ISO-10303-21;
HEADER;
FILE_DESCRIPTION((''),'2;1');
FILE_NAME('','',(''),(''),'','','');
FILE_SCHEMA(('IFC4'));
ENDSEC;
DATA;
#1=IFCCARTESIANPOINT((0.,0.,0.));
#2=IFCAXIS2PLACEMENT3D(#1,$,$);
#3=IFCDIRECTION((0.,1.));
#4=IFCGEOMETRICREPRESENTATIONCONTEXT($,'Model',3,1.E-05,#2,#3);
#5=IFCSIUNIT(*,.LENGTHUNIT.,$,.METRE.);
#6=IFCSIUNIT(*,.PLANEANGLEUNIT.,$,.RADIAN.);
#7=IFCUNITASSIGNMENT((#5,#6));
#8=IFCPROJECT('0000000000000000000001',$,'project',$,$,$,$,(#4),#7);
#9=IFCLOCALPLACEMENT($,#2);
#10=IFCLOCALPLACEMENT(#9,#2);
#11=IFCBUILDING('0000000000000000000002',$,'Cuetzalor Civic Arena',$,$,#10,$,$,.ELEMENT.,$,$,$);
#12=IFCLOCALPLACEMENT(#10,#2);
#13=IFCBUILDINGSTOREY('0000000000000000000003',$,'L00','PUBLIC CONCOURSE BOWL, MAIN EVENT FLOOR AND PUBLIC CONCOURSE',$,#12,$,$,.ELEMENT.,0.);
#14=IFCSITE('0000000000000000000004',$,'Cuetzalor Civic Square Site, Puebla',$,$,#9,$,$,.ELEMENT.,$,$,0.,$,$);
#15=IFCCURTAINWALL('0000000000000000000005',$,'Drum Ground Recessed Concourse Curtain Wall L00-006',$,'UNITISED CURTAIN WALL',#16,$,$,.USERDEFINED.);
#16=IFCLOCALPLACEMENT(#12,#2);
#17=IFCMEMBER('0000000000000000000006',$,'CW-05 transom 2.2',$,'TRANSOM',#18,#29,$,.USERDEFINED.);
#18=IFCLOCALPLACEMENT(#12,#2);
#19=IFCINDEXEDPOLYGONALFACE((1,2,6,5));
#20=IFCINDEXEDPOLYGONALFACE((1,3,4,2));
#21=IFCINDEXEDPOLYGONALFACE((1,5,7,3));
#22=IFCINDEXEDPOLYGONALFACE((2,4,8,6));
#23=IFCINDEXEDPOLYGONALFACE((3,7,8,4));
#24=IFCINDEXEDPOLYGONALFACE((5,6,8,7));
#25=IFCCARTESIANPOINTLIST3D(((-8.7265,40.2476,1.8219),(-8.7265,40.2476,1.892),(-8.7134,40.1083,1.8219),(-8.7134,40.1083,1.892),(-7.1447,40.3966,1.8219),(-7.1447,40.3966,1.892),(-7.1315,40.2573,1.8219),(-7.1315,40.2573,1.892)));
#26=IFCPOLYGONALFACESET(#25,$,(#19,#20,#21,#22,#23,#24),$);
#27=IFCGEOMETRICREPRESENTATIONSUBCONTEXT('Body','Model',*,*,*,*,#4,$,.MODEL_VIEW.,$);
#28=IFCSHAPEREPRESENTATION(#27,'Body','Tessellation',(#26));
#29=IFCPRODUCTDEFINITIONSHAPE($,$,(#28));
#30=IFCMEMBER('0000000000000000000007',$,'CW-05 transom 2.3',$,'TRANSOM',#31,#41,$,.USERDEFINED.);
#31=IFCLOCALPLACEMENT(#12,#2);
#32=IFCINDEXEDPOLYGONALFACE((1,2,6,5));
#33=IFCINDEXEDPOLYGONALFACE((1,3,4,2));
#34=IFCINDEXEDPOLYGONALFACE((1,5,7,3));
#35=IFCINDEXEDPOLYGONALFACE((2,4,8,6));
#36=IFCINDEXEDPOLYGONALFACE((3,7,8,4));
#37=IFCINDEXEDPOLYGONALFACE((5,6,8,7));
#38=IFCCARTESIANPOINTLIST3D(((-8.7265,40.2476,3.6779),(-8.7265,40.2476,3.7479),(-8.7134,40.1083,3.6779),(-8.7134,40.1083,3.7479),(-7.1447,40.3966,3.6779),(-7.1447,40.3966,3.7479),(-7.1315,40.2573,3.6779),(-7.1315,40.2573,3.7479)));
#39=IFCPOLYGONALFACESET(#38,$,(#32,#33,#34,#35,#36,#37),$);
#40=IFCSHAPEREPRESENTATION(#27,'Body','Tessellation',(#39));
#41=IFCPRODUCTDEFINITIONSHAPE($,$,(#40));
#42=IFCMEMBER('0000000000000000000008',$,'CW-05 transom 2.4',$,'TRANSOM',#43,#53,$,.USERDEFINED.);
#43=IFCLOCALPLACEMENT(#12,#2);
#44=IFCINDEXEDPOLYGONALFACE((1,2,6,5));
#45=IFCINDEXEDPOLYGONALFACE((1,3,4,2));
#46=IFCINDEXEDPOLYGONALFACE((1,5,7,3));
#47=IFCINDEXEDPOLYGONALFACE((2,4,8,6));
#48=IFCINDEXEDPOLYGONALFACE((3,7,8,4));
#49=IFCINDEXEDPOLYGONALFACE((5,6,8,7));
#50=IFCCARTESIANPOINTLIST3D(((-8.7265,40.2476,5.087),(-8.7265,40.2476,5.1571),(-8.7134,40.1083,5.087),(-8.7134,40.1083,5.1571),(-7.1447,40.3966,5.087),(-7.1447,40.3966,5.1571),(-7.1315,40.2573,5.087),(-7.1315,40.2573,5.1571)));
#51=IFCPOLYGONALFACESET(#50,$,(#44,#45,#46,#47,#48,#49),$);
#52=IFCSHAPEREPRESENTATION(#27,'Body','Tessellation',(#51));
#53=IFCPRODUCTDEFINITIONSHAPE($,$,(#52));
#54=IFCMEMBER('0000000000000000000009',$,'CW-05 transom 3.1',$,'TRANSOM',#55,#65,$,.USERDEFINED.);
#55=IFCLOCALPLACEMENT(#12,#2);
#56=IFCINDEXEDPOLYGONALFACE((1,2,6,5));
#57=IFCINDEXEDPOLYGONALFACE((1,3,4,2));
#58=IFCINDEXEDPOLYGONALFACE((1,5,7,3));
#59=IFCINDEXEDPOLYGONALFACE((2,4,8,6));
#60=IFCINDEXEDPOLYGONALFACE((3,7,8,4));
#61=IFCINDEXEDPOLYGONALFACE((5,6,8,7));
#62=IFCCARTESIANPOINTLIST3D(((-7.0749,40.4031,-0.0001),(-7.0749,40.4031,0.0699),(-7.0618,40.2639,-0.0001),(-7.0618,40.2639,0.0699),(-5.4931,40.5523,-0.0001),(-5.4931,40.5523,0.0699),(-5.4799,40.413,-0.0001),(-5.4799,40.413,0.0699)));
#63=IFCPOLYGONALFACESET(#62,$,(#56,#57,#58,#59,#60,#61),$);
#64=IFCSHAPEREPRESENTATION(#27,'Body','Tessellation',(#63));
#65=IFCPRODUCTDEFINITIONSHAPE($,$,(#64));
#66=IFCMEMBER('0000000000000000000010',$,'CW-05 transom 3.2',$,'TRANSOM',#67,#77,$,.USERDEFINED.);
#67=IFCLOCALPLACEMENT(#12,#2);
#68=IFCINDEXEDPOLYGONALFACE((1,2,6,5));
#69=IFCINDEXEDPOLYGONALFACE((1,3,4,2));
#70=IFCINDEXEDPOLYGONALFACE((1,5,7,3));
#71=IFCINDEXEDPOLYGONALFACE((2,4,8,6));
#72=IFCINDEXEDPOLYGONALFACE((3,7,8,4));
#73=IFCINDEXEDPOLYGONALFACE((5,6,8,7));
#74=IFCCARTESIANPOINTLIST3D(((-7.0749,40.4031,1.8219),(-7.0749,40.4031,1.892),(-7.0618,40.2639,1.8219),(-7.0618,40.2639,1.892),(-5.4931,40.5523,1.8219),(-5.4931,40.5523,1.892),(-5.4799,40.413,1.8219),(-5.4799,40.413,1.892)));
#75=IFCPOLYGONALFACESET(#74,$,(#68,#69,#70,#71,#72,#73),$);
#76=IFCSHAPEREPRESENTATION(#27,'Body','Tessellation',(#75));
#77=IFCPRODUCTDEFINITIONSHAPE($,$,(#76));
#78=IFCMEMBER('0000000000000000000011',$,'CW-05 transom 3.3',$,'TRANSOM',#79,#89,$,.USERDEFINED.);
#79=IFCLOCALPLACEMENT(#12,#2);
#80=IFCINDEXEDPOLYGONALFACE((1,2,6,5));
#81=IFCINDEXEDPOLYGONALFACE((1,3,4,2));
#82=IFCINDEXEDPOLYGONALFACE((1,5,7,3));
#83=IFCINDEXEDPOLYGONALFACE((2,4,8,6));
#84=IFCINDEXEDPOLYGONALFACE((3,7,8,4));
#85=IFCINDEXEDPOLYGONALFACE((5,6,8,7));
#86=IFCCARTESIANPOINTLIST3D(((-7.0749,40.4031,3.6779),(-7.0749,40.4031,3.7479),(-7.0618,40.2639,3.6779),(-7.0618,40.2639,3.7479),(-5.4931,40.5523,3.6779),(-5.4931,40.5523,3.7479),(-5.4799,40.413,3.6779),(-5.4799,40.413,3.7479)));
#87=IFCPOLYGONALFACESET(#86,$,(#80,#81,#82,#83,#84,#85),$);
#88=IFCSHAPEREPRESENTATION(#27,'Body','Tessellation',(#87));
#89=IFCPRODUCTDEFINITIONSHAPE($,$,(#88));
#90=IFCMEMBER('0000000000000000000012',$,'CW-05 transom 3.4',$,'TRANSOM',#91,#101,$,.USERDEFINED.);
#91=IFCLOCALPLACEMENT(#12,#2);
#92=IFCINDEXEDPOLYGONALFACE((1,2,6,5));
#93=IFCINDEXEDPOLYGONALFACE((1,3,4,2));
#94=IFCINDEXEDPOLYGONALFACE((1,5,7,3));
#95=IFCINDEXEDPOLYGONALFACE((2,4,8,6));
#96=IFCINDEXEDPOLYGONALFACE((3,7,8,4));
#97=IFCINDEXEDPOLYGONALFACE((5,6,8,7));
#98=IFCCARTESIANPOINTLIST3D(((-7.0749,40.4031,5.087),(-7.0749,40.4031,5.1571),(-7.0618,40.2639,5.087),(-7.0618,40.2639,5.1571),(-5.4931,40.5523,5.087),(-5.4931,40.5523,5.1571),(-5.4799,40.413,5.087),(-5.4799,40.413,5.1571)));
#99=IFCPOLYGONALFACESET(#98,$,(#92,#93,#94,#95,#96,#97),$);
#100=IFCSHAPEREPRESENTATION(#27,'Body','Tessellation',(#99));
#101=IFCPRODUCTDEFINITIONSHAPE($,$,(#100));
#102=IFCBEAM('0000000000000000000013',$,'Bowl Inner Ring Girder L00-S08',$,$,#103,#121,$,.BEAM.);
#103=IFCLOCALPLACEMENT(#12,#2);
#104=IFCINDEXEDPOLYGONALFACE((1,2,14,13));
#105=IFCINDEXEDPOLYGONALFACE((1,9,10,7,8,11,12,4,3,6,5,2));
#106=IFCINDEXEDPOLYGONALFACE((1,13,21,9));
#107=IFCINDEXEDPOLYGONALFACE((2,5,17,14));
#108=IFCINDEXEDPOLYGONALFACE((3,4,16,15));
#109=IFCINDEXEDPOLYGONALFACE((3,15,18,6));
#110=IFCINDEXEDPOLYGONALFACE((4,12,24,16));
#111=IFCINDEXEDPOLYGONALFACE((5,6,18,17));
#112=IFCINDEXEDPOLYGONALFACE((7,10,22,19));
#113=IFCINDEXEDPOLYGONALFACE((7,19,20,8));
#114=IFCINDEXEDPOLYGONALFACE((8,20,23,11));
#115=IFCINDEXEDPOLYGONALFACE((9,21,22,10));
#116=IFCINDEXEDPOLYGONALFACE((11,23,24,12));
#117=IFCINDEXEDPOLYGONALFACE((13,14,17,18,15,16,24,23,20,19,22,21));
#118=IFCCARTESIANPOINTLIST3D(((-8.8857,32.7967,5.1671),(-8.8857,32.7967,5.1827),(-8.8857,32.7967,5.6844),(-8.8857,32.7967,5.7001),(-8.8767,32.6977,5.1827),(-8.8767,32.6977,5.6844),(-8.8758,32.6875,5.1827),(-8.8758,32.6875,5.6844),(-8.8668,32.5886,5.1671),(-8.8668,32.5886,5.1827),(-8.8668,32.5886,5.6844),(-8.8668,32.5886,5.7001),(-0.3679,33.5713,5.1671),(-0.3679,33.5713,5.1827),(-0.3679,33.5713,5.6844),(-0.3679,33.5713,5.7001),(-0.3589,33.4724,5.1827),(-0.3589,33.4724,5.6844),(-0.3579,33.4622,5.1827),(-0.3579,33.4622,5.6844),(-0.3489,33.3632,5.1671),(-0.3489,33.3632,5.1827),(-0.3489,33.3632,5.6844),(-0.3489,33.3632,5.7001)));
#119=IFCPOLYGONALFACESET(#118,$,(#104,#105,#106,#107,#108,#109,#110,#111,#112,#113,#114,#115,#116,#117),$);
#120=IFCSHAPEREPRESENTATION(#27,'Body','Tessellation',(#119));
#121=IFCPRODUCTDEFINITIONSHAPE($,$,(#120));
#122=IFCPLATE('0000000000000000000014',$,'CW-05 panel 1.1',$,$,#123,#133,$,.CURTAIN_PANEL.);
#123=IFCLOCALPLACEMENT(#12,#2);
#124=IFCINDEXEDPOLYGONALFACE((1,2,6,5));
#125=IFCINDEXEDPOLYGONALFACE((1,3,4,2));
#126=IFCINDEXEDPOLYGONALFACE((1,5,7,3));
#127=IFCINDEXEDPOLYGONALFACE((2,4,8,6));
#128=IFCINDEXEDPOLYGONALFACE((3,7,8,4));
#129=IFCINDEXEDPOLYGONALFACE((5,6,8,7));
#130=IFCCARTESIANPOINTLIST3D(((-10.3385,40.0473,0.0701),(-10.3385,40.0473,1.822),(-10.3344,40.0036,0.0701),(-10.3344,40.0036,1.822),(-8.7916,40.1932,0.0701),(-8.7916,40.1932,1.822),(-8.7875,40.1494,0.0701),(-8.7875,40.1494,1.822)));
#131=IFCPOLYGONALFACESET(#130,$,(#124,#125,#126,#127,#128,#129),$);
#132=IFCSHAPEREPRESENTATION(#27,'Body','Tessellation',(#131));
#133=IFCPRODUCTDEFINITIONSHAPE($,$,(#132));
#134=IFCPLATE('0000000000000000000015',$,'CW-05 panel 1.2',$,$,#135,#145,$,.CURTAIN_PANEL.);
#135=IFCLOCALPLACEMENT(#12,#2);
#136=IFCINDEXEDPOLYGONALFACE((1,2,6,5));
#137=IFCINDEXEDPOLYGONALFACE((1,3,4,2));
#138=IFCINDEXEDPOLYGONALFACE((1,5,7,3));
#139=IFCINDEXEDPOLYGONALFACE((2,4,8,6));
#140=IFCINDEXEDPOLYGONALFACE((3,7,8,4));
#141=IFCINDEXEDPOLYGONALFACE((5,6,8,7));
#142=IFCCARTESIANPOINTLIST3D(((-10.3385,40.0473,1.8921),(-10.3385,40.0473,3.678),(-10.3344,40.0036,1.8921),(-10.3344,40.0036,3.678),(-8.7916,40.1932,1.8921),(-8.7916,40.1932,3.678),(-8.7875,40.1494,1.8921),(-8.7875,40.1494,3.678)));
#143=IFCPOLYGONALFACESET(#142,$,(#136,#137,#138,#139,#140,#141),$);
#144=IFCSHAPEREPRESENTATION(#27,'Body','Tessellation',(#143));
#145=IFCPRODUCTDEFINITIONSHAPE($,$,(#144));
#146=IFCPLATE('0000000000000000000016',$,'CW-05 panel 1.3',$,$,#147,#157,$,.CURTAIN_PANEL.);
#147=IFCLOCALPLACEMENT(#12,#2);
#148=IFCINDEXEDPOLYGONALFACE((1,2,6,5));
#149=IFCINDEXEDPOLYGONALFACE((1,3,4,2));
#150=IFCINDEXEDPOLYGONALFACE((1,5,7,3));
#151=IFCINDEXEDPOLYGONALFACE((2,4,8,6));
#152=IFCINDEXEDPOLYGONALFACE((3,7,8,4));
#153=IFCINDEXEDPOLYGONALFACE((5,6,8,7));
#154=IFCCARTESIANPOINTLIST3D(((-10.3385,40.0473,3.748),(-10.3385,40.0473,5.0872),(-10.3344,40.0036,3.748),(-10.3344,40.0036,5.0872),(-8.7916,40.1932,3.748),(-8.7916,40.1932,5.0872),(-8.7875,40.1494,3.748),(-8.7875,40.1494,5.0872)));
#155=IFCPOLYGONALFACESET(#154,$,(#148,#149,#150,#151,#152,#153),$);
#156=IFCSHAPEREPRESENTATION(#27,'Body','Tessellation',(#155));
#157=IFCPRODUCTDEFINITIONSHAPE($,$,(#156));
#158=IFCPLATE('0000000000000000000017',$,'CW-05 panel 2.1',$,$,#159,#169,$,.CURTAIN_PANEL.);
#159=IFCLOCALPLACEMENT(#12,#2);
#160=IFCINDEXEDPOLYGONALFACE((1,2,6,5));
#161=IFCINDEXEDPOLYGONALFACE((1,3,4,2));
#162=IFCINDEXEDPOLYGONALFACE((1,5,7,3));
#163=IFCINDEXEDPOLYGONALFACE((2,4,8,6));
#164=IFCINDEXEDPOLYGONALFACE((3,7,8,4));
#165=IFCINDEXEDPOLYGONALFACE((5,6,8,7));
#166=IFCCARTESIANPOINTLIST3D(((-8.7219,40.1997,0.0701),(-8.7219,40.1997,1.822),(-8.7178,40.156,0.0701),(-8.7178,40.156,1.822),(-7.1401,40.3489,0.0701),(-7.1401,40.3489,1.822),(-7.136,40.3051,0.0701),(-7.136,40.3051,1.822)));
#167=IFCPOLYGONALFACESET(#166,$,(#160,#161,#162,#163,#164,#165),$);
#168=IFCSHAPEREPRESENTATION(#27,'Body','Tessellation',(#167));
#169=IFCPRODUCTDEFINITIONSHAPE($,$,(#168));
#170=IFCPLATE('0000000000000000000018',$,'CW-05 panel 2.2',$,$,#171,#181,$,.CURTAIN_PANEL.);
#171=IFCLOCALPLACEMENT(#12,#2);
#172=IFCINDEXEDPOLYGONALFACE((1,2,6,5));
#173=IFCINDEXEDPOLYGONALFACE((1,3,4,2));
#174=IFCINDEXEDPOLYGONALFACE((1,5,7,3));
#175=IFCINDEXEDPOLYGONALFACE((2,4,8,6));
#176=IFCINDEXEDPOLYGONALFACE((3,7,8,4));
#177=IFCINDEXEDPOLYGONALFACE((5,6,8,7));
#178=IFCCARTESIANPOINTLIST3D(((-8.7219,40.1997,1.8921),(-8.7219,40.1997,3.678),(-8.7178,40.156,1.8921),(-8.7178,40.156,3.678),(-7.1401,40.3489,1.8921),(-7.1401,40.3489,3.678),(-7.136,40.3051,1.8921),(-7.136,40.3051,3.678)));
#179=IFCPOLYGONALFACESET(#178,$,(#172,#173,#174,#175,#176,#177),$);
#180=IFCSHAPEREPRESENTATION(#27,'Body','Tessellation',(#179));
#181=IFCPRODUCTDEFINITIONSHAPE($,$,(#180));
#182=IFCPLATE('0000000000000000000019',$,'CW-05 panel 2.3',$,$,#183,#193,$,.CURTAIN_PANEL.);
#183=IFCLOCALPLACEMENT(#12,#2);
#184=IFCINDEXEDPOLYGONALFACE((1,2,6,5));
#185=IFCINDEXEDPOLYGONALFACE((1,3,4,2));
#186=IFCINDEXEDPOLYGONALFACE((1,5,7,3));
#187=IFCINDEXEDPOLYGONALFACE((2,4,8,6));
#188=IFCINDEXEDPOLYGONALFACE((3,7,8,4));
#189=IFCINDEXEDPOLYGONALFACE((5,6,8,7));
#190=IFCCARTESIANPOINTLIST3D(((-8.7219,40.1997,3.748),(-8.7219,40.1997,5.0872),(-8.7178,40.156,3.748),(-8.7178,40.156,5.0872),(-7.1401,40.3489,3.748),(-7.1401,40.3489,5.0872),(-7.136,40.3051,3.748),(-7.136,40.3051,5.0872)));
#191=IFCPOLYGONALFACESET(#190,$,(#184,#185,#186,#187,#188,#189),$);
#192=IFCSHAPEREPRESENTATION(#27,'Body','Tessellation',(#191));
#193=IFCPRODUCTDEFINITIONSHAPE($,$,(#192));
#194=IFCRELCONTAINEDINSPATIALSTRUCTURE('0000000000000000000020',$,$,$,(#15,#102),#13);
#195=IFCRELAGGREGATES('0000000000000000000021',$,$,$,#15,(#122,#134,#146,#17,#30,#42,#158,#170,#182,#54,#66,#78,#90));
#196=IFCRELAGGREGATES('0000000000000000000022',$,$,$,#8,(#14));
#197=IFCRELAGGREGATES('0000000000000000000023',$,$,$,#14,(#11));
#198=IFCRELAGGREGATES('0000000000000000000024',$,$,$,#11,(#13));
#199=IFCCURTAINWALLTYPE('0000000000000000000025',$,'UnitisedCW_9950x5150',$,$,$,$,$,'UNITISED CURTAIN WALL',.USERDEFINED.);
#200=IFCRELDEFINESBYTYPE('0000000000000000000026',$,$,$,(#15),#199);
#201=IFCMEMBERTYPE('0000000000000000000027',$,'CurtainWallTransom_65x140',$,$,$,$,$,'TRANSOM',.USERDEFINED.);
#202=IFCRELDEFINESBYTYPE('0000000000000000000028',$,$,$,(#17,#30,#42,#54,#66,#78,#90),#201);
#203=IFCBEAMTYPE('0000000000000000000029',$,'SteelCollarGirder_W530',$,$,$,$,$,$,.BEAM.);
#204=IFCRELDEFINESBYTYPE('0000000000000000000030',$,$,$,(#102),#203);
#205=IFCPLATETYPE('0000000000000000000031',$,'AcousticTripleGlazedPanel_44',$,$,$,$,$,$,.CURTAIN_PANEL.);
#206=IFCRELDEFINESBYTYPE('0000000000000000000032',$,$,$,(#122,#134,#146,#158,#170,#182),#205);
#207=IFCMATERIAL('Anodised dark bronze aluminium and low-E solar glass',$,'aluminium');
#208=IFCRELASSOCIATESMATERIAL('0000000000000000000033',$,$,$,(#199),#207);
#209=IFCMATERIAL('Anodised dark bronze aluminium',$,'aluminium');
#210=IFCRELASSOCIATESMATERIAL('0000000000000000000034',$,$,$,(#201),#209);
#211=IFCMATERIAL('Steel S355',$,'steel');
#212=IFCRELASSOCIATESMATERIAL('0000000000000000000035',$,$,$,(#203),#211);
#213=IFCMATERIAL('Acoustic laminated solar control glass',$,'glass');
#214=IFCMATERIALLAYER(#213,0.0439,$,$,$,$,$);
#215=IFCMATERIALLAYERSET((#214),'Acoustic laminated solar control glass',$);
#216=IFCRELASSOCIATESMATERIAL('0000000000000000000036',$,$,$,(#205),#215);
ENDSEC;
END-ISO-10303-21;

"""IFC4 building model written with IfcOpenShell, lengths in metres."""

from ifc_helpers import new_model, si_unit, direction, frame, origin, origin_2d, place, context, subcontext, project, spatial, rectangle, i_section, extrude, material, layer, layer_set, material_profile, profile_set, type_object, element, aggregate, save


model = new_model("IFC4")

# Units and contexts
model_context = context("Model", 3, precision=1e-05, world=origin(), true_north=direction((0.0, 1.0)))
body_context = subcontext(model_context, "Body", "Model", "MODEL_VIEW")
ifc_project = project(units=[si_unit("LENGTHUNIT", "METRE"), si_unit("PLANEANGLEUNIT", "RADIAN")], contexts=[model_context])

# Site, building, storey
site_placement = place(None, origin())
site = spatial("IfcSite", under=ifc_project, at=site_placement, Name="Cuetzalor Civic Square Site, Puebla", CompositionType="ELEMENT", RefElevation=0.0)
building_placement = place(site_placement, origin())
building = spatial("IfcBuilding", under=site, at=building_placement, Name="Cuetzalor Civic Arena", CompositionType="ELEMENT")
storey_placement = place(building_placement, origin())
storey = spatial("IfcBuildingStorey", under=building, at=storey_placement, Name="L00", Description="PUBLIC CONCOURSE BOWL, MAIN EVENT FLOOR AND PUBLIC CONCOURSE", CompositionType="ELEMENT", Elevation=0.0)

# Curtain wall, members
ifc_material_1 = material(Name="Anodised dark bronze aluminium and low-E solar glass", Category="aluminium")
curtain_wall_type = type_object("IfcCurtainWallType", Name="UnitisedCW_9950x5150", ElementType="UNITISED CURTAIN WALL", PredefinedType="USERDEFINED", material=ifc_material_1)
curtain_wall_placement = place(storey_placement, origin())
curtain_wall = element("IfcCurtainWall", 1, at=curtain_wall_placement, inside=storey, type_object=curtain_wall_type, Name="Drum Ground Recessed Concourse Curtain Wall L00-006", ObjectType="UNITISED CURTAIN WALL", PredefinedType="USERDEFINED")
ifc_material_2 = material(Name="Anodised dark bronze aluminium", Category="aluminium")
ifc_material_profile_1 = material_profile(ifc_material_2, rectangle(XDim=0.1399, YDim=0.0701, at=origin_2d()), Name="ALU TRANSOM 70x140")
ifc_profile_set_1 = profile_set([ifc_material_profile_1], Name="Anodised dark bronze aluminium")
member_type_1 = type_object("IfcMemberType", Name="CurtainWallTransom_65x140", ElementType="TRANSOM", PredefinedType="USERDEFINED", material=ifc_profile_set_1)
member_1_placement = place(storey_placement, frame((-8.72, 40.178, 1.8569), z_axis=(0.995597, 0.093736, 0.0), x_axis=(-0.093736, 0.995597, 0.0)))
member_1 = element("IfcMember", 2, at=member_1_placement, type_object=member_type_1, Name="CW-05 transom 2.2", ObjectType="TRANSOM", PredefinedType="USERDEFINED", context=body_context, shape_type="SweptSolid", body=[
    extrude(rectangle(XDim=0.1399, YDim=0.0701, at=origin_2d()), origin(), (0.0, 0.0, 1.0), 1.5889),
])
member_2_placement = place(storey_placement, frame((-8.72, 40.178, 3.7129), z_axis=(0.995597, 0.093736, 0.0), x_axis=(-0.093736, 0.995597, 0.0)))
member_2 = element("IfcMember", 3, at=member_2_placement, type_object=member_type_1, Name="CW-05 transom 2.3", ObjectType="TRANSOM", PredefinedType="USERDEFINED", context=body_context, shape_type="SweptSolid", body=[
    extrude(rectangle(XDim=0.1399, YDim=0.0701, at=origin_2d()), origin(), (0.0, 0.0, 1.0), 1.5889),
])
member_3_placement = place(storey_placement, frame((-8.72, 40.178, 5.1221), z_axis=(0.995597, 0.093736, 0.0), x_axis=(-0.093736, 0.995597, 0.0)))
member_3 = element("IfcMember", 4, at=member_3_placement, type_object=member_type_1, Name="CW-05 transom 2.4", ObjectType="TRANSOM", PredefinedType="USERDEFINED", context=body_context, shape_type="SweptSolid", body=[
    extrude(rectangle(XDim=0.1399, YDim=0.0701, at=origin_2d()), origin(), (0.0, 0.0, 1.0), 1.5889),
])
member_4_placement = place(storey_placement, frame((-7.0684, 40.3335, 0.0349), z_axis=(0.995583, 0.093888, 0.0), x_axis=(-0.093888, 0.995583, 0.0)))
member_4 = element("IfcMember", 5, at=member_4_placement, type_object=member_type_1, Name="CW-05 transom 3.1", ObjectType="TRANSOM", PredefinedType="USERDEFINED", context=body_context, shape_type="SweptSolid", body=[
    extrude(rectangle(XDim=0.1399, YDim=0.0701, at=origin_2d()), origin(), (0.0, 0.0, 1.0), 1.5889),
])
member_5_placement = place(storey_placement, frame((-7.0684, 40.3335, 1.8569), z_axis=(0.995583, 0.093888, 0.0), x_axis=(-0.093888, 0.995583, 0.0)))
member_5 = element("IfcMember", 6, at=member_5_placement, type_object=member_type_1, Name="CW-05 transom 3.2", ObjectType="TRANSOM", PredefinedType="USERDEFINED", context=body_context, shape_type="SweptSolid", body=[
    extrude(rectangle(XDim=0.1399, YDim=0.0701, at=origin_2d()), origin(), (0.0, 0.0, 1.0), 1.5889),
])
member_6_placement = place(storey_placement, frame((-7.0684, 40.3335, 3.7129), z_axis=(0.995583, 0.093888, 0.0), x_axis=(-0.093888, 0.995583, 0.0)))
member_6 = element("IfcMember", 7, at=member_6_placement, type_object=member_type_1, Name="CW-05 transom 3.3", ObjectType="TRANSOM", PredefinedType="USERDEFINED", context=body_context, shape_type="SweptSolid", body=[
    extrude(rectangle(XDim=0.1399, YDim=0.0701, at=origin_2d()), origin(), (0.0, 0.0, 1.0), 1.5889),
])
member_7_placement = place(storey_placement, frame((-7.0684, 40.3335, 5.1221), z_axis=(0.995583, 0.093888, 0.0), x_axis=(-0.093888, 0.995583, 0.0)))
member_7 = element("IfcMember", 8, at=member_7_placement, type_object=member_type_1, Name="CW-05 transom 3.4", ObjectType="TRANSOM", PredefinedType="USERDEFINED", context=body_context, shape_type="SweptSolid", body=[
    extrude(rectangle(XDim=0.1399, YDim=0.0701, at=origin_2d()), origin(), (0.0, 0.0, 1.0), 1.5889),
])

# Beam
ifc_material_3 = material(Name="Steel S355", Category="steel")
ifc_material_profile_2 = material_profile(ifc_material_3, i_section(OverallWidth=0.209, OverallDepth=0.533, WebThickness=0.0103, FlangeThickness=0.0156, at=origin_2d()), Name="W530x92")
ifc_profile_set_2 = profile_set([ifc_material_profile_2], Name="Steel S355")
beam_type = type_object("IfcBeamType", Name="SteelCollarGirder_W530", PredefinedType="BEAM", material=ifc_profile_set_2)
beam_placement = place(storey_placement, frame((-0.3584, 33.4673, 5.4336), z_axis=(-0.99589, -0.090572, 0.0), x_axis=(0.090572, -0.99589, 0.0)))
element("IfcBeam", 9, at=beam_placement, inside=storey, type_object=beam_type, Name="Bowl Inner Ring Girder L00-S08", PredefinedType="BEAM", context=body_context, shape_type="SweptSolid", body=[
    extrude(i_section(OverallWidth=0.209, OverallDepth=0.533, WebThickness=0.0103, FlangeThickness=0.0156, at=origin_2d()), origin(), (0.0, 0.0, 1.0), 8.553),
])

# Plates
ifc_material_4 = material(Name="Acoustic laminated solar control glass", Category="glass")
ifc_layer_1 = layer(ifc_material_4, 0.0439)
ifc_layer_set_1 = layer_set([ifc_layer_1], Name="Acoustic laminated solar control glass")
plate_type = type_object("IfcPlateType", Name="AcousticTripleGlazedPanel_44", PredefinedType="CURTAIN_PANEL", material=ifc_layer_set_1)
plate_1_placement = place(storey_placement, frame((-9.563, 40.0984, 0.0701), z_axis=(0.0, 0.0, 1.0), x_axis=(0.995585, 0.093863, 0.0)))
plate_1 = element("IfcPlate", 10, at=plate_1_placement, type_object=plate_type, Name="CW-05 panel 1.1", PredefinedType="CURTAIN_PANEL", context=body_context, shape_type="SweptSolid", body=[
    extrude(rectangle(XDim=1.5537, YDim=0.0439, at=origin_2d()), origin(), (0.0, 0.0, 1.0), 1.752),
])
plate_2_placement = place(storey_placement, frame((-9.563, 40.0984, 1.8921), z_axis=(0.0, 0.0, 1.0), x_axis=(0.995585, 0.093863, 0.0)))
plate_2 = element("IfcPlate", 11, at=plate_2_placement, type_object=plate_type, Name="CW-05 panel 1.2", PredefinedType="CURTAIN_PANEL", context=body_context, shape_type="SweptSolid", body=[
    extrude(rectangle(XDim=1.5537, YDim=0.0439, at=origin_2d()), origin(), (0.0, 0.0, 1.0), 1.7859),
])
plate_3_placement = place(storey_placement, frame((-9.563, 40.0984, 3.748), z_axis=(0.0, 0.0, 1.0), x_axis=(0.995585, 0.093863, 0.0)))
plate_3 = element("IfcPlate", 12, at=plate_3_placement, type_object=plate_type, Name="CW-05 panel 1.3", PredefinedType="CURTAIN_PANEL", context=body_context, shape_type="SweptSolid", body=[
    extrude(rectangle(XDim=1.5537, YDim=0.0439, at=origin_2d()), origin(), (0.0, 0.0, 1.0), 1.3391),
])
plate_4_placement = place(storey_placement, frame((-7.929, 40.2524, 0.0701), z_axis=(0.0, 0.0, 1.0), x_axis=(0.995585, 0.093863, 0.0)))
plate_4 = element("IfcPlate", 13, at=plate_4_placement, type_object=plate_type, Name="CW-05 panel 2.1", PredefinedType="CURTAIN_PANEL", context=body_context, shape_type="SweptSolid", body=[
    extrude(rectangle(XDim=1.5889, YDim=0.0439, at=origin_2d()), origin(), (0.0, 0.0, 1.0), 1.752),
])
plate_5_placement = place(storey_placement, frame((-7.929, 40.2524, 1.8921), z_axis=(0.0, 0.0, 1.0), x_axis=(0.995585, 0.093863, 0.0)))
plate_5 = element("IfcPlate", 14, at=plate_5_placement, type_object=plate_type, Name="CW-05 panel 2.2", PredefinedType="CURTAIN_PANEL", context=body_context, shape_type="SweptSolid", body=[
    extrude(rectangle(XDim=1.5889, YDim=0.0439, at=origin_2d()), origin(), (0.0, 0.0, 1.0), 1.7859),
])
plate_6_placement = place(storey_placement, frame((-7.929, 40.2524, 3.748), z_axis=(0.0, 0.0, 1.0), x_axis=(0.995585, 0.093863, 0.0)))
plate_6 = element("IfcPlate", 15, at=plate_6_placement, type_object=plate_type, Name="CW-05 panel 2.3", PredefinedType="CURTAIN_PANEL", context=body_context, shape_type="SweptSolid", body=[
    extrude(rectangle(XDim=1.5889, YDim=0.0439, at=origin_2d()), origin(), (0.0, 0.0, 1.0), 1.3391),
])
aggregate(curtain_wall, [plate_1, plate_2, plate_3, member_1, member_2, member_3, plate_4, plate_5, plate_6, member_4, member_5, member_6, member_7])

save(model, "model.ifc")
